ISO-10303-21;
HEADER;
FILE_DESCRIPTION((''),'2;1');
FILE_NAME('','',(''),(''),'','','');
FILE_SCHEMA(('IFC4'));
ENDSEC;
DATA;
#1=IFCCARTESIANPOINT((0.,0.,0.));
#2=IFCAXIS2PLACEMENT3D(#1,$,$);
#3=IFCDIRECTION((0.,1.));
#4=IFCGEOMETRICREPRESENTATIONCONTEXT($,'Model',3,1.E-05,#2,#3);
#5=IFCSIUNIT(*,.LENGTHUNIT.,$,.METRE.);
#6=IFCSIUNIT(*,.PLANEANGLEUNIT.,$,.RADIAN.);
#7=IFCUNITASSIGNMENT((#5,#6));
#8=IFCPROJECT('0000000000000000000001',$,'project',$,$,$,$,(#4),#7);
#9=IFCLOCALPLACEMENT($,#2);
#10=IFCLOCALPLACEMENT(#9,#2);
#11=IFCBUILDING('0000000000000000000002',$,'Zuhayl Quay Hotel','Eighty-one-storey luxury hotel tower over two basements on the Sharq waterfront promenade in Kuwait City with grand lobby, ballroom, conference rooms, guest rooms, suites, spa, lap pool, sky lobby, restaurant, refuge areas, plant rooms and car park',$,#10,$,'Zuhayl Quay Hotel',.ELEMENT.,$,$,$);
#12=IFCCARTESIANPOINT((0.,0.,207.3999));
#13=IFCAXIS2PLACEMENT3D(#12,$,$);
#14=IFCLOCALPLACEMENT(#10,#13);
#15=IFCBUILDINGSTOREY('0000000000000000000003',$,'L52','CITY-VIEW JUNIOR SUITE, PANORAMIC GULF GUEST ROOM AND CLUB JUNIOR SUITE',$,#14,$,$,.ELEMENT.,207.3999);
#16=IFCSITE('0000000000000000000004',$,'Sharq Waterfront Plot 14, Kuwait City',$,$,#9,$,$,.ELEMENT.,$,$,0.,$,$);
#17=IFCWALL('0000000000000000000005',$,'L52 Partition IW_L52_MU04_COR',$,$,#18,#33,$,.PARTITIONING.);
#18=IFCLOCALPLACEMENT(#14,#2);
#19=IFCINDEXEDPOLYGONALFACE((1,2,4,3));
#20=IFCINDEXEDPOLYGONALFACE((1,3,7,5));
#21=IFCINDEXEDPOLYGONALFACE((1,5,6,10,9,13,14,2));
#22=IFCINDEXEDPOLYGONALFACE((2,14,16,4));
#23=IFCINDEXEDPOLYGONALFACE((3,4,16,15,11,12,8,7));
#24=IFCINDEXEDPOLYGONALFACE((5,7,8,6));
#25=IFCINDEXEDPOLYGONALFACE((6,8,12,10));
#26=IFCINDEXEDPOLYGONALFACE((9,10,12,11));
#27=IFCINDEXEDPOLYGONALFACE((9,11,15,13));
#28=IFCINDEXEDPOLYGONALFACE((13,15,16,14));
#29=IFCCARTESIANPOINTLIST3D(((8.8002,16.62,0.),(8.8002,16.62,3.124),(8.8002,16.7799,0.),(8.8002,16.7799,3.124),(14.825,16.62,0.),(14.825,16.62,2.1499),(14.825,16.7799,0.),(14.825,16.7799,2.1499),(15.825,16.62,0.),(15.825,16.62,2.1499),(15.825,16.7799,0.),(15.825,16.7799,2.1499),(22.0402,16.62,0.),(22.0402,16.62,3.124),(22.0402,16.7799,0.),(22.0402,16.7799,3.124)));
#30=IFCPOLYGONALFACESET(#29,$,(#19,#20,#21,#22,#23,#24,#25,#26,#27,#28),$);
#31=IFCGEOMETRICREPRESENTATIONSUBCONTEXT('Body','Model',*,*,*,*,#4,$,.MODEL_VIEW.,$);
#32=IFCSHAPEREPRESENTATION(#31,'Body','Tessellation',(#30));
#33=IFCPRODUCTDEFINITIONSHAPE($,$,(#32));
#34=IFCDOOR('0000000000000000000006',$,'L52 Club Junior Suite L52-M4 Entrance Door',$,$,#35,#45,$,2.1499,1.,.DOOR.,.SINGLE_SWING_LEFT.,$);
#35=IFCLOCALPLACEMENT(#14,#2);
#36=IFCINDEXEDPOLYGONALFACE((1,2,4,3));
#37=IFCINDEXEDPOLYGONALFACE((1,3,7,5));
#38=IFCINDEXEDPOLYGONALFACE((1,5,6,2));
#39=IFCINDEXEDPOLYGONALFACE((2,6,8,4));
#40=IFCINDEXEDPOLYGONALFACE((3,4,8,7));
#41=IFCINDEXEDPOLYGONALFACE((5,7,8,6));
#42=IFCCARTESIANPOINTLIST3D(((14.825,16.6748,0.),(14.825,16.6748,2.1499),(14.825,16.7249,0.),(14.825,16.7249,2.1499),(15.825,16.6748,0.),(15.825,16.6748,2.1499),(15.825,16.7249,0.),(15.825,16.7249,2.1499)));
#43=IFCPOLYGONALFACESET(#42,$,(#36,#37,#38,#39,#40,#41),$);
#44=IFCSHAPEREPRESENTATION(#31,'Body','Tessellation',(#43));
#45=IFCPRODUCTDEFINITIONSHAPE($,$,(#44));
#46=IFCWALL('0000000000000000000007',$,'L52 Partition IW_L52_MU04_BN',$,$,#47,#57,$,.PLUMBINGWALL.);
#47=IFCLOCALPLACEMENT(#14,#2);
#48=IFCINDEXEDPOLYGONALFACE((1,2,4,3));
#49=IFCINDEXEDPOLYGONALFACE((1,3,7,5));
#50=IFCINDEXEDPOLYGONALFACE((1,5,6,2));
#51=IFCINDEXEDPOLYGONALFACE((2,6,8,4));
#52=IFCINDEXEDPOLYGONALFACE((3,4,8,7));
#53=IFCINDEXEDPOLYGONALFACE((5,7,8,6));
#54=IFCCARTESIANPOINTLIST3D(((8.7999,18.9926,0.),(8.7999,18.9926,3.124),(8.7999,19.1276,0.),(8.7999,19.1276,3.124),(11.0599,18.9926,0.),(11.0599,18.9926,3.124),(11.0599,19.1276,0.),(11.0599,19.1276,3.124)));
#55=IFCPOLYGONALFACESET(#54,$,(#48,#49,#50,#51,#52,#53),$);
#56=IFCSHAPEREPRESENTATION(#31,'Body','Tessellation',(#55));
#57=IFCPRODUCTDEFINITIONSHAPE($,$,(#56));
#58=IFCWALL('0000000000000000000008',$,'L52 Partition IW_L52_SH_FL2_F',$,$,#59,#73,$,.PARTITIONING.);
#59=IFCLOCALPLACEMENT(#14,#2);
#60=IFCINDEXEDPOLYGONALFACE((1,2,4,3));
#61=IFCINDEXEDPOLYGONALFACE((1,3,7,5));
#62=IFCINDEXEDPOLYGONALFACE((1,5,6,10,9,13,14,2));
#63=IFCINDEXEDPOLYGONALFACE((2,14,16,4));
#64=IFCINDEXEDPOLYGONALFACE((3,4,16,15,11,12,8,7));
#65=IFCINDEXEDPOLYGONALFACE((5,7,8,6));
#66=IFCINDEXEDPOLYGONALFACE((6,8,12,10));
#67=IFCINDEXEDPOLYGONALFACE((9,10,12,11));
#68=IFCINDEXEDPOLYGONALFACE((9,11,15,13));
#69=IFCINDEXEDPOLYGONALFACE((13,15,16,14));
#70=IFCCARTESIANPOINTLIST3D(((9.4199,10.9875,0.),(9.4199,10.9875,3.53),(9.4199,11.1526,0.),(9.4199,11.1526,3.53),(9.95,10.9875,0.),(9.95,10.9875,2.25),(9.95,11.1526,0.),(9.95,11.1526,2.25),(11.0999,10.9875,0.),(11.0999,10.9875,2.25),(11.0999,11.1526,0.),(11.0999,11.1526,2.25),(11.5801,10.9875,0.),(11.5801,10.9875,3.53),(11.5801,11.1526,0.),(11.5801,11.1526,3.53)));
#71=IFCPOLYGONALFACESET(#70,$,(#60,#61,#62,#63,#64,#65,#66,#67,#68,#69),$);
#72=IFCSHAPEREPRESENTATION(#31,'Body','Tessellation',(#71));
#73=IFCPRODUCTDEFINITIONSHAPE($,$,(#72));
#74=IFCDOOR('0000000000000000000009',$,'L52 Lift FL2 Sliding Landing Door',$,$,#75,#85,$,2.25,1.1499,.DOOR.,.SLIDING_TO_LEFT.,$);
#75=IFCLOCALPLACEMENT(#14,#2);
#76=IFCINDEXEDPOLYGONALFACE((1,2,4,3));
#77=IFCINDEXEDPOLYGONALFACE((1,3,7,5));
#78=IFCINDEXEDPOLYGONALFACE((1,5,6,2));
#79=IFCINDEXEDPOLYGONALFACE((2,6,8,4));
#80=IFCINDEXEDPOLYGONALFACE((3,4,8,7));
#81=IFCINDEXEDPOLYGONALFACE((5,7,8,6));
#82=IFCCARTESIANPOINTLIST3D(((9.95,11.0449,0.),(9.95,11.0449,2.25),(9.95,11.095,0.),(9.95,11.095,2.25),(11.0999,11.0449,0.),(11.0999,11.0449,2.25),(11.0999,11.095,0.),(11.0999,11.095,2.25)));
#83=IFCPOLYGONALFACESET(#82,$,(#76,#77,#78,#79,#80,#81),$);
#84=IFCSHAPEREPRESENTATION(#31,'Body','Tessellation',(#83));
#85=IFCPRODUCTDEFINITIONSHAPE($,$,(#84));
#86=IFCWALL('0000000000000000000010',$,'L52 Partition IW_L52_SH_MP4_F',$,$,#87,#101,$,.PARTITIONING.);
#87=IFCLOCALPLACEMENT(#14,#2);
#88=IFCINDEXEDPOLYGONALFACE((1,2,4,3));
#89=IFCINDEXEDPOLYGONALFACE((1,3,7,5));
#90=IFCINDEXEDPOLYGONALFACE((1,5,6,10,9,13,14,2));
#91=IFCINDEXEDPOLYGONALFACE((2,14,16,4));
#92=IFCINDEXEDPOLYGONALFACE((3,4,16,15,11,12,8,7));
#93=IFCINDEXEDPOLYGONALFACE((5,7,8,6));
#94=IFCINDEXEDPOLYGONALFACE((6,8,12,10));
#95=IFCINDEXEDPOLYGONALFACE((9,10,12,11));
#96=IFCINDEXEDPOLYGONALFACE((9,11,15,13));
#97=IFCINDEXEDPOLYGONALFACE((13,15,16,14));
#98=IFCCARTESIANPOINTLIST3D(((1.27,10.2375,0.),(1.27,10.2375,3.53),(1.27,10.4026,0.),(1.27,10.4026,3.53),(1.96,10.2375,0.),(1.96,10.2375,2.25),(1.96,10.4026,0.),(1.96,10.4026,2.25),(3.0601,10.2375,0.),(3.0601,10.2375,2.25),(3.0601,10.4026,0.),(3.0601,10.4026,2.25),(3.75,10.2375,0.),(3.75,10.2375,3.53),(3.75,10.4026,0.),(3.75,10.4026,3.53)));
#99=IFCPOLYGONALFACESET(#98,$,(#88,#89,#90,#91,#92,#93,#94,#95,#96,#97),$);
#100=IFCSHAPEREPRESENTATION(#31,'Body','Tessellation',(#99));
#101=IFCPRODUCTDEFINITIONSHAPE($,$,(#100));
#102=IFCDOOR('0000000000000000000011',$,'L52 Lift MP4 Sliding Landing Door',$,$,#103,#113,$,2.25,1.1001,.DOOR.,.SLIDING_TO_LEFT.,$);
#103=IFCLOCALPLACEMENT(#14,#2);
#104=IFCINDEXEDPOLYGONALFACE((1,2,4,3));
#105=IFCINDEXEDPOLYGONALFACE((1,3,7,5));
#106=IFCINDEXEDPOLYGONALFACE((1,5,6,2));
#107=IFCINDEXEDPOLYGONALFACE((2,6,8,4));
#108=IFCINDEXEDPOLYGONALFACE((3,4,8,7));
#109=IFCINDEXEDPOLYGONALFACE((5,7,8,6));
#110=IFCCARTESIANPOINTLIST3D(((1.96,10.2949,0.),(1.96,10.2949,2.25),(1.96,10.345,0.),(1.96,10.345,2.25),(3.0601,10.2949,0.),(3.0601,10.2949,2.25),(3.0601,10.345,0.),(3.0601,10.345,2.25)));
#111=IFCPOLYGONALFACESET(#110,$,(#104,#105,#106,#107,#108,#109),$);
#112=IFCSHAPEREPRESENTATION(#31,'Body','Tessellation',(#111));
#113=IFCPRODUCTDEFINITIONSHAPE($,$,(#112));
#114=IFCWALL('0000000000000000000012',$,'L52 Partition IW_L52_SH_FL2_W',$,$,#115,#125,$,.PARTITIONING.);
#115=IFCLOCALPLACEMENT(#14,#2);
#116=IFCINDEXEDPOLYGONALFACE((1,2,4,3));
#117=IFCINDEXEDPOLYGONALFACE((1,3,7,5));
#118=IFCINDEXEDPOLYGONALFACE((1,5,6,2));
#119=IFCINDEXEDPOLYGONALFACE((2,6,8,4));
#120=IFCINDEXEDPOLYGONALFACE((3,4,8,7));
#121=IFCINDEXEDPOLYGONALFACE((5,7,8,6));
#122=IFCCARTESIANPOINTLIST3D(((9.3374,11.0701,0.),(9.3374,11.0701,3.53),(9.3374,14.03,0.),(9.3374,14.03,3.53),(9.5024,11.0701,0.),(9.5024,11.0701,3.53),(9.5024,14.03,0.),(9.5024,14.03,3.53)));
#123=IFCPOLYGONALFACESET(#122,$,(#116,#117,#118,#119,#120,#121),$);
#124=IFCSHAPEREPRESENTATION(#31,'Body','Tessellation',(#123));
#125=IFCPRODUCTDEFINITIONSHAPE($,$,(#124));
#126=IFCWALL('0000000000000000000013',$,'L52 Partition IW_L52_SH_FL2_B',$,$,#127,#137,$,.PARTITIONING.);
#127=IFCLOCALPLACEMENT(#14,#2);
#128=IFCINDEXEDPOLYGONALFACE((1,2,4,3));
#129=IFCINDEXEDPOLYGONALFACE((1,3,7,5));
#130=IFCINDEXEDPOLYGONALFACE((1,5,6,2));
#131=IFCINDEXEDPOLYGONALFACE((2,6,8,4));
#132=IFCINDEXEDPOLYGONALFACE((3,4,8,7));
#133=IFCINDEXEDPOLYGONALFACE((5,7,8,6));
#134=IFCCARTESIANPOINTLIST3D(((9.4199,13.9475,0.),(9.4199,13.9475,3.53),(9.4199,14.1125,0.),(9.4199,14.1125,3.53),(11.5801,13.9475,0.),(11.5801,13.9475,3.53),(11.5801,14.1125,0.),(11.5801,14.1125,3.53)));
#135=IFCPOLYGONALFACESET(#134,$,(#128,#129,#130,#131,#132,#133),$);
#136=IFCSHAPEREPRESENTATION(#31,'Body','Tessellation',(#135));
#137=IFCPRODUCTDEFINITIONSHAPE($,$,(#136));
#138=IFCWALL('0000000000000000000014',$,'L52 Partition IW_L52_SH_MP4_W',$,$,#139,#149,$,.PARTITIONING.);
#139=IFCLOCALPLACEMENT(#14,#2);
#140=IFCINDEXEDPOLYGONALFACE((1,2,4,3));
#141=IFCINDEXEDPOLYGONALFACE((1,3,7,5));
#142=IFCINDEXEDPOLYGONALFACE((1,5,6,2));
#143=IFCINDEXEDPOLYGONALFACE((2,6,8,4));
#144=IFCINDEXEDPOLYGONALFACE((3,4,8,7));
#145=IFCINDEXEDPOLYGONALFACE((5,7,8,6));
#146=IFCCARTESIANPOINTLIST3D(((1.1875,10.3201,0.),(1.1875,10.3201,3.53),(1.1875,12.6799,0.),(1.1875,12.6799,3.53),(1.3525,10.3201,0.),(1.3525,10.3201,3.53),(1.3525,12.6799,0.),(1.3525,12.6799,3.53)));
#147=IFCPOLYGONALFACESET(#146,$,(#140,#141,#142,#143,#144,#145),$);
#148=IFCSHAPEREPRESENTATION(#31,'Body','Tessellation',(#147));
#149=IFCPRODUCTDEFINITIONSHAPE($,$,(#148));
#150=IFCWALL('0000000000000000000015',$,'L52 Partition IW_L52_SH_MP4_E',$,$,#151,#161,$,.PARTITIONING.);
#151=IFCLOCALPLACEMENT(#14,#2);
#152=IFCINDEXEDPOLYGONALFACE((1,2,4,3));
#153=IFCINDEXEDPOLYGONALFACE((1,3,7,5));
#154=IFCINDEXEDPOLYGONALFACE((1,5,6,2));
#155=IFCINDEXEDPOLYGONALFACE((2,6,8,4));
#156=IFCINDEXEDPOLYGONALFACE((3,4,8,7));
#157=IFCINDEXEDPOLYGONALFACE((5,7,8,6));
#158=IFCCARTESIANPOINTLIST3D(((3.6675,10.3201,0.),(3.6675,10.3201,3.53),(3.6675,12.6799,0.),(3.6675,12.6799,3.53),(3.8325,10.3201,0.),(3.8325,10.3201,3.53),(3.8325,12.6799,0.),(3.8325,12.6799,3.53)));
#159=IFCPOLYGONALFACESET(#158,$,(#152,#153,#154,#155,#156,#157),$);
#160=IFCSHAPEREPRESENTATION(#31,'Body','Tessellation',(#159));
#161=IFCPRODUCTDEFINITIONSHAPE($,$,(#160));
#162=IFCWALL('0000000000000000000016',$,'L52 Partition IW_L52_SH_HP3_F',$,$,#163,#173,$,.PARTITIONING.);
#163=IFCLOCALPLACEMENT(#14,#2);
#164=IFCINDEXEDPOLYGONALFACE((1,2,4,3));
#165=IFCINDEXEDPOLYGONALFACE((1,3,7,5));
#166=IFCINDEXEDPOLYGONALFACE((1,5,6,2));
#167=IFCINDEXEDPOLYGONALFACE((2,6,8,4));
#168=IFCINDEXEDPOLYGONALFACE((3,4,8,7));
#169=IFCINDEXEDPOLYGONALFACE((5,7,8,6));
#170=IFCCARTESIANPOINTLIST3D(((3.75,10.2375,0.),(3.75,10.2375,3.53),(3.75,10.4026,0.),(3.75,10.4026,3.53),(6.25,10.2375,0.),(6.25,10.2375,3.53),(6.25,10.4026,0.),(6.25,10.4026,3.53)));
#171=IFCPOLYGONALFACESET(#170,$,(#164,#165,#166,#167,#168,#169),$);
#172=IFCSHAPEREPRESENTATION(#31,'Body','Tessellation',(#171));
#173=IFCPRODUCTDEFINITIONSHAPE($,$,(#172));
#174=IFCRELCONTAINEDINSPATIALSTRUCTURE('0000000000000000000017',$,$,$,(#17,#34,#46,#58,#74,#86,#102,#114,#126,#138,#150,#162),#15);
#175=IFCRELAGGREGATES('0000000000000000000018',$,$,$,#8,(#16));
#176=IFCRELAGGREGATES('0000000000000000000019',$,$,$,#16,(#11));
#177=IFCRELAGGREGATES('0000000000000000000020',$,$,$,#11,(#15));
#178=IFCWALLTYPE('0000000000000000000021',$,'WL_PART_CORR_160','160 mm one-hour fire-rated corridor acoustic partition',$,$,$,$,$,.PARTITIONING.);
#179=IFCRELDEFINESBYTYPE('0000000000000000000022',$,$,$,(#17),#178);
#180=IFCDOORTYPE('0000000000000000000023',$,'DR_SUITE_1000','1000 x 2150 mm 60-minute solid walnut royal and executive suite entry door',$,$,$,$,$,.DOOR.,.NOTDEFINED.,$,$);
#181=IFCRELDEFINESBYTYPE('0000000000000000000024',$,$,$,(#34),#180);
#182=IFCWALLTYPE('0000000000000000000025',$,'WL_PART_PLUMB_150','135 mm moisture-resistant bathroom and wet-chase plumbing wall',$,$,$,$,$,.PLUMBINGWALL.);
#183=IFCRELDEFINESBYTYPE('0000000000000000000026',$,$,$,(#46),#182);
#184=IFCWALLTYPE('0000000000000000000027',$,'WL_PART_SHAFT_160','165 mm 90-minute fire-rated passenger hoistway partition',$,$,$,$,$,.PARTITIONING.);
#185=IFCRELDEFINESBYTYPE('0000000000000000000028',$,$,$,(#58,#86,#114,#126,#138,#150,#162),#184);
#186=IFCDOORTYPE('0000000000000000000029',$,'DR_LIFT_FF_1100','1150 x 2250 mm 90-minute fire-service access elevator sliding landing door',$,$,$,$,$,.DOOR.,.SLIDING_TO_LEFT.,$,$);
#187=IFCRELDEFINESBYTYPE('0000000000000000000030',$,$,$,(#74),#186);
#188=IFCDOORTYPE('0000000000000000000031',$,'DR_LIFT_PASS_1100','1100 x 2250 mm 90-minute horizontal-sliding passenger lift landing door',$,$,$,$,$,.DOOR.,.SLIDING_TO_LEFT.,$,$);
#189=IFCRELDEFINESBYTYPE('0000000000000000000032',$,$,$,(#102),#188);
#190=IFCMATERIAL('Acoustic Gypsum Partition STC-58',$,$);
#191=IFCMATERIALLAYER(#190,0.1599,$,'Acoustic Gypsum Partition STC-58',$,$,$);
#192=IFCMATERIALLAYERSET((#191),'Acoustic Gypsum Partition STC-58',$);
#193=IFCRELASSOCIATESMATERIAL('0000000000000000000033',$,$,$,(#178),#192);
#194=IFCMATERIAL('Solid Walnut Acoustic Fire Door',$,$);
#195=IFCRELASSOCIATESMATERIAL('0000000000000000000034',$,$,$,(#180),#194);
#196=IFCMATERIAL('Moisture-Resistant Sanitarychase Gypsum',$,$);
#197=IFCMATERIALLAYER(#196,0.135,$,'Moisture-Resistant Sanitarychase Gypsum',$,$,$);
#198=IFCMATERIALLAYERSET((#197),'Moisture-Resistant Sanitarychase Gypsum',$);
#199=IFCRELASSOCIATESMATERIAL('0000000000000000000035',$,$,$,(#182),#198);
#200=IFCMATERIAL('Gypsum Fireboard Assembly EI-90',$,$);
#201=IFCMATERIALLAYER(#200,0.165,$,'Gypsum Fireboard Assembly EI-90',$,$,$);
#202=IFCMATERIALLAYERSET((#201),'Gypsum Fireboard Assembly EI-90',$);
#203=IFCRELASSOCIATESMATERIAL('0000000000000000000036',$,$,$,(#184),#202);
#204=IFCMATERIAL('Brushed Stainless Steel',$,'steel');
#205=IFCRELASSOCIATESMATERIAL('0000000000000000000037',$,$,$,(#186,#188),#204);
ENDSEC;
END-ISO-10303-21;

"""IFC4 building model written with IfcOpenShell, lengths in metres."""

from ifc_helpers import new_model, si_unit, direction, frame, frame_2d, origin, place, context, subcontext, project, spatial, rectangle, extrude, material, layer, layer_set, type_object, element, fill, save


model = new_model("IFC4")

# Units and contexts
model_context = context("Model", 3, precision=1e-05, world=origin(), true_north=direction((0.0, 1.0)))
body_context = subcontext(model_context, "Body", "Model", "MODEL_VIEW")
ifc_project = project(units=[si_unit("LENGTHUNIT", "METRE"), si_unit("PLANEANGLEUNIT", "RADIAN")], contexts=[model_context])

# Site, building, storey
site_placement = place(None, origin())
site = spatial("IfcSite", under=ifc_project, at=site_placement, Name="Sharq Waterfront Plot 14, Kuwait City", CompositionType="ELEMENT", RefElevation=0.0)
building_placement = place(site_placement, origin())
building = spatial("IfcBuilding", under=site, at=building_placement, Name="Zuhayl Quay Hotel", Description="Eighty-one-storey luxury hotel tower over two basements on the Sharq waterfront promenade in Kuwait City with grand lobby, ballroom, conference rooms, guest rooms, suites, spa, lap pool, sky lobby, restaurant, refuge areas, plant rooms and car park", LongName="Zuhayl Quay Hotel", CompositionType="ELEMENT")
storey_placement = place(building_placement, frame((0.0, 0.0, 207.3999)))
storey = spatial("IfcBuildingStorey", under=building, at=storey_placement, Name="L52", Description="CITY-VIEW JUNIOR SUITE, PANORAMIC GULF GUEST ROOM AND CLUB JUNIOR SUITE", CompositionType="ELEMENT", Elevation=207.3999)

# Shared definitions
ifc_material_1 = material(Name="Acoustic Gypsum Partition STC-58")

# Wall, opening, door
ifc_layer_1 = layer(ifc_material_1, 0.1599, Name="Acoustic Gypsum Partition STC-58")
ifc_layer_set_1 = layer_set([ifc_layer_1], Name="Acoustic Gypsum Partition STC-58")
wall_type_1 = type_object("IfcWallType", Name="WL_PART_CORR_160", Description="160 mm one-hour fire-rated corridor acoustic partition", PredefinedType="PARTITIONING", material=ifc_layer_set_1)
ifc_material_2 = material(Name="Solid Walnut Acoustic Fire Door")
wall_1_placement = place(storey_placement, frame((8.8, 16.7, 0.0), z_axis=(0.0, 0.0, 1.0), x_axis=(1.0, 0.0, 0.0)))
wall_1 = element("IfcWall", 1, at=wall_1_placement, inside=storey, type_object=wall_type_1, Name="L52 Partition IW_L52_MU04_COR", PredefinedType="PARTITIONING", context=body_context, shape_type="SweptSolid", body=[
    extrude(rectangle(XDim=13.24, YDim=0.1599, at=frame_2d((6.6201, 0.0))), origin(), (0.0, 0.0, 1.0), 3.124),
])
opening_1_placement = place(wall_1_placement, frame((6.0249, 0.0, 0.0)))
opening_1 = element("IfcOpeningElement", 2, at=opening_1_placement, cuts=wall_1, PredefinedType="OPENING", context=body_context, shape_type="SweptSolid", body=[
    extrude(rectangle(XDim=1.0, YDim=2.1499, at=frame_2d((0.5, 1.075))), frame((0.0, 0.0898, 0.0), z_axis=(0.0, -1.0, 0.0), x_axis=(1.0, 0.0, 0.0)), (0.0, 0.0, 1.0), 0.1799),
])
door_type_1 = type_object("IfcDoorType", Name="DR_SUITE_1000", Description="1000 x 2150 mm 60-minute solid walnut royal and executive suite entry door", OperationType="NOTDEFINED", PredefinedType="DOOR", material=ifc_material_2)
door_1_placement = place(opening_1_placement, origin())
door_1 = element("IfcDoor", 3, at=door_1_placement, inside=storey, type_object=door_type_1, Name="L52 Club Junior Suite L52-M4 Entrance Door", OperationType="SINGLE_SWING_LEFT", OverallHeight=2.1499, OverallWidth=1.0, PredefinedType="DOOR", context=body_context, shape_type="SweptSolid", body=[
    extrude(rectangle(XDim=1.0, YDim=2.1499, at=frame_2d((0.5, 1.075))), frame((0.0, 0.0249, 0.0), z_axis=(0.0, -1.0, 0.0), x_axis=(1.0, 0.0, 0.0)), (0.0, 0.0, 1.0), 0.05),
])
fill(opening_1, door_1)

# Wall
ifc_material_3 = material(Name="Moisture-Resistant Sanitarychase Gypsum")
ifc_layer_2 = layer(ifc_material_3, 0.135, Name="Moisture-Resistant Sanitarychase Gypsum")
ifc_layer_set_2 = layer_set([ifc_layer_2], Name="Moisture-Resistant Sanitarychase Gypsum")
wall_type_2 = type_object("IfcWallType", Name="WL_PART_PLUMB_150", Description="135 mm moisture-resistant bathroom and wet-chase plumbing wall", PredefinedType="PLUMBINGWALL", material=ifc_layer_set_2)
wall_2_placement = place(storey_placement, frame((8.8, 19.0601, 0.0), z_axis=(0.0, 0.0, 1.0), x_axis=(1.0, 0.0, 0.0)))
element("IfcWall", 4, at=wall_2_placement, inside=storey, type_object=wall_type_2, Name="L52 Partition IW_L52_MU04_BN", PredefinedType="PLUMBINGWALL", context=body_context, shape_type="SweptSolid", body=[
    extrude(rectangle(XDim=2.26, YDim=0.135, at=frame_2d((1.1299, 0.0))), origin(), (0.0, 0.0, 1.0), 3.124),
])

# Walls, openings, doors
ifc_material_4 = material(Name="Gypsum Fireboard Assembly EI-90")
ifc_layer_3 = layer(ifc_material_4, 0.165, Name="Gypsum Fireboard Assembly EI-90")
ifc_layer_set_3 = layer_set([ifc_layer_3], Name="Gypsum Fireboard Assembly EI-90")
wall_type_3 = type_object("IfcWallType", Name="WL_PART_SHAFT_160", Description="165 mm 90-minute fire-rated passenger hoistway partition", PredefinedType="PARTITIONING", material=ifc_layer_set_3)
wall_3_placement = place(storey_placement, frame((9.4199, 11.0701, 0.0), z_axis=(0.0, 0.0, 1.0), x_axis=(1.0, 0.0, 0.0)))
wall_3 = element("IfcWall", 5, at=wall_3_placement, inside=storey, type_object=wall_type_3, Name="L52 Partition IW_L52_SH_FL2_F", PredefinedType="PARTITIONING", context=body_context, shape_type="SweptSolid", body=[
    extrude(rectangle(XDim=2.1602, YDim=0.165, at=frame_2d((1.0801, 0.0))), origin(), (0.0, 0.0, 1.0), 3.53),
])
opening_2_placement = place(wall_3_placement, frame((0.53, 0.0, 0.0)))
opening_2 = element("IfcOpeningElement", 6, at=opening_2_placement, cuts=wall_3, PredefinedType="OPENING", context=body_context, shape_type="SweptSolid", body=[
    extrude(rectangle(XDim=1.1499, YDim=2.25, at=frame_2d((0.575, 1.125))), frame((0.0, 0.0925, 0.0), z_axis=(0.0, -1.0, 0.0), x_axis=(1.0, 0.0, 0.0)), (0.0, 0.0, 1.0), 0.1851),
])
ifc_material_5 = material(Name="Brushed Stainless Steel", Category="steel")
door_type_2 = type_object("IfcDoorType", Name="DR_LIFT_FF_1100", Description="1150 x 2250 mm 90-minute fire-service access elevator sliding landing door", OperationType="SLIDING_TO_LEFT", PredefinedType="DOOR", material=ifc_material_5)
door_2_placement = place(opening_2_placement, origin())
door_2 = element("IfcDoor", 7, at=door_2_placement, inside=storey, type_object=door_type_2, Name="L52 Lift FL2 Sliding Landing Door", OperationType="SLIDING_TO_LEFT", OverallHeight=2.25, OverallWidth=1.1499, PredefinedType="DOOR", context=body_context, shape_type="SweptSolid", body=[
    extrude(rectangle(XDim=1.1499, YDim=2.25, at=frame_2d((0.575, 1.125))), frame((0.0, 0.0249, 0.0), z_axis=(0.0, -1.0, 0.0), x_axis=(1.0, 0.0, 0.0)), (0.0, 0.0, 1.0), 0.05),
])
fill(opening_2, door_2)
wall_4_placement = place(storey_placement, frame((1.27, 10.3201, 0.0), z_axis=(0.0, 0.0, 1.0), x_axis=(1.0, 0.0, 0.0)))
wall_4 = element("IfcWall", 8, at=wall_4_placement, inside=storey, type_object=wall_type_3, Name="L52 Partition IW_L52_SH_MP4_F", PredefinedType="PARTITIONING", context=body_context, shape_type="SweptSolid", body=[
    extrude(rectangle(XDim=2.48, YDim=0.165, at=frame_2d((1.24, 0.0))), origin(), (0.0, 0.0, 1.0), 3.53),
])
opening_3_placement = place(wall_4_placement, frame((0.6899, 0.0, 0.0)))
opening_3 = element("IfcOpeningElement", 9, at=opening_3_placement, cuts=wall_4, PredefinedType="OPENING", context=body_context, shape_type="SweptSolid", body=[
    extrude(rectangle(XDim=1.1001, YDim=2.25, at=frame_2d((0.55, 1.125))), frame((0.0, 0.0925, 0.0), z_axis=(0.0, -1.0, 0.0), x_axis=(1.0, 0.0, 0.0)), (0.0, 0.0, 1.0), 0.1851),
])
door_type_3 = type_object("IfcDoorType", Name="DR_LIFT_PASS_1100", Description="1100 x 2250 mm 90-minute horizontal-sliding passenger lift landing door", OperationType="SLIDING_TO_LEFT", PredefinedType="DOOR", material=ifc_material_5)
door_3_placement = place(opening_3_placement, origin())
door_3 = element("IfcDoor", 10, at=door_3_placement, inside=storey, type_object=door_type_3, Name="L52 Lift MP4 Sliding Landing Door", OperationType="SLIDING_TO_LEFT", OverallHeight=2.25, OverallWidth=1.1001, PredefinedType="DOOR", context=body_context, shape_type="SweptSolid", body=[
    extrude(rectangle(XDim=1.1001, YDim=2.25, at=frame_2d((0.55, 1.125))), frame((0.0, 0.0249, 0.0), z_axis=(0.0, -1.0, 0.0), x_axis=(1.0, 0.0, 0.0)), (0.0, 0.0, 1.0), 0.05),
])
fill(opening_3, door_3)

# Walls
wall_5_placement = place(storey_placement, frame((9.4199, 11.0701, 0.0), z_axis=(0.0, 0.0, 1.0), x_axis=(0.0, 1.0, 0.0)))
element("IfcWall", 11, at=wall_5_placement, inside=storey, type_object=wall_type_3, Name="L52 Partition IW_L52_SH_FL2_W", PredefinedType="PARTITIONING", context=body_context, shape_type="SweptSolid", body=[
    extrude(rectangle(XDim=2.96, YDim=0.165, at=frame_2d((1.48, 0.0))), origin(), (0.0, 0.0, 1.0), 3.53),
])
wall_6_placement = place(storey_placement, frame((9.4199, 14.03, 0.0), z_axis=(0.0, 0.0, 1.0), x_axis=(1.0, 0.0, 0.0)))
element("IfcWall", 12, at=wall_6_placement, inside=storey, type_object=wall_type_3, Name="L52 Partition IW_L52_SH_FL2_B", PredefinedType="PARTITIONING", context=body_context, shape_type="SweptSolid", body=[
    extrude(rectangle(XDim=2.1602, YDim=0.165, at=frame_2d((1.0801, 0.0))), origin(), (0.0, 0.0, 1.0), 3.53),
])
for number, where, z_axis, x_axis, name in (
    (13, (1.27, 10.3201, 0.0), (0.0, 0.0, 1.0), (0.0, 1.0, 0.0), "L52 Partition IW_L52_SH_MP4_W"),
    (14, (3.75, 10.3201, 0.0), (0.0, 0.0, 1.0), (0.0, 1.0, 0.0), "L52 Partition IW_L52_SH_MP4_E"),
):
    element("IfcWall", number, at=place(storey_placement, frame(where, z_axis=z_axis, x_axis=x_axis)), inside=storey, type_object=wall_type_3, Name=name, PredefinedType="PARTITIONING", context=body_context, shape_type="SweptSolid", body=[
        extrude(rectangle(XDim=2.3599, YDim=0.165, at=frame_2d((1.1799, 0.0))), origin(), (0.0, 0.0, 1.0), 3.53),
    ])
wall_7_placement = place(storey_placement, frame((3.75, 10.3201, 0.0), z_axis=(0.0, 0.0, 1.0), x_axis=(1.0, 0.0, 0.0)))
element("IfcWall", 15, at=wall_7_placement, inside=storey, type_object=wall_type_3, Name="L52 Partition IW_L52_SH_HP3_F", PredefinedType="PARTITIONING", context=body_context, shape_type="SweptSolid", body=[
    extrude(rectangle(XDim=2.5, YDim=0.165, at=frame_2d((1.25, 0.0))), origin(), (0.0, 0.0, 1.0), 3.53),
])

save(model, "model.ifc")
